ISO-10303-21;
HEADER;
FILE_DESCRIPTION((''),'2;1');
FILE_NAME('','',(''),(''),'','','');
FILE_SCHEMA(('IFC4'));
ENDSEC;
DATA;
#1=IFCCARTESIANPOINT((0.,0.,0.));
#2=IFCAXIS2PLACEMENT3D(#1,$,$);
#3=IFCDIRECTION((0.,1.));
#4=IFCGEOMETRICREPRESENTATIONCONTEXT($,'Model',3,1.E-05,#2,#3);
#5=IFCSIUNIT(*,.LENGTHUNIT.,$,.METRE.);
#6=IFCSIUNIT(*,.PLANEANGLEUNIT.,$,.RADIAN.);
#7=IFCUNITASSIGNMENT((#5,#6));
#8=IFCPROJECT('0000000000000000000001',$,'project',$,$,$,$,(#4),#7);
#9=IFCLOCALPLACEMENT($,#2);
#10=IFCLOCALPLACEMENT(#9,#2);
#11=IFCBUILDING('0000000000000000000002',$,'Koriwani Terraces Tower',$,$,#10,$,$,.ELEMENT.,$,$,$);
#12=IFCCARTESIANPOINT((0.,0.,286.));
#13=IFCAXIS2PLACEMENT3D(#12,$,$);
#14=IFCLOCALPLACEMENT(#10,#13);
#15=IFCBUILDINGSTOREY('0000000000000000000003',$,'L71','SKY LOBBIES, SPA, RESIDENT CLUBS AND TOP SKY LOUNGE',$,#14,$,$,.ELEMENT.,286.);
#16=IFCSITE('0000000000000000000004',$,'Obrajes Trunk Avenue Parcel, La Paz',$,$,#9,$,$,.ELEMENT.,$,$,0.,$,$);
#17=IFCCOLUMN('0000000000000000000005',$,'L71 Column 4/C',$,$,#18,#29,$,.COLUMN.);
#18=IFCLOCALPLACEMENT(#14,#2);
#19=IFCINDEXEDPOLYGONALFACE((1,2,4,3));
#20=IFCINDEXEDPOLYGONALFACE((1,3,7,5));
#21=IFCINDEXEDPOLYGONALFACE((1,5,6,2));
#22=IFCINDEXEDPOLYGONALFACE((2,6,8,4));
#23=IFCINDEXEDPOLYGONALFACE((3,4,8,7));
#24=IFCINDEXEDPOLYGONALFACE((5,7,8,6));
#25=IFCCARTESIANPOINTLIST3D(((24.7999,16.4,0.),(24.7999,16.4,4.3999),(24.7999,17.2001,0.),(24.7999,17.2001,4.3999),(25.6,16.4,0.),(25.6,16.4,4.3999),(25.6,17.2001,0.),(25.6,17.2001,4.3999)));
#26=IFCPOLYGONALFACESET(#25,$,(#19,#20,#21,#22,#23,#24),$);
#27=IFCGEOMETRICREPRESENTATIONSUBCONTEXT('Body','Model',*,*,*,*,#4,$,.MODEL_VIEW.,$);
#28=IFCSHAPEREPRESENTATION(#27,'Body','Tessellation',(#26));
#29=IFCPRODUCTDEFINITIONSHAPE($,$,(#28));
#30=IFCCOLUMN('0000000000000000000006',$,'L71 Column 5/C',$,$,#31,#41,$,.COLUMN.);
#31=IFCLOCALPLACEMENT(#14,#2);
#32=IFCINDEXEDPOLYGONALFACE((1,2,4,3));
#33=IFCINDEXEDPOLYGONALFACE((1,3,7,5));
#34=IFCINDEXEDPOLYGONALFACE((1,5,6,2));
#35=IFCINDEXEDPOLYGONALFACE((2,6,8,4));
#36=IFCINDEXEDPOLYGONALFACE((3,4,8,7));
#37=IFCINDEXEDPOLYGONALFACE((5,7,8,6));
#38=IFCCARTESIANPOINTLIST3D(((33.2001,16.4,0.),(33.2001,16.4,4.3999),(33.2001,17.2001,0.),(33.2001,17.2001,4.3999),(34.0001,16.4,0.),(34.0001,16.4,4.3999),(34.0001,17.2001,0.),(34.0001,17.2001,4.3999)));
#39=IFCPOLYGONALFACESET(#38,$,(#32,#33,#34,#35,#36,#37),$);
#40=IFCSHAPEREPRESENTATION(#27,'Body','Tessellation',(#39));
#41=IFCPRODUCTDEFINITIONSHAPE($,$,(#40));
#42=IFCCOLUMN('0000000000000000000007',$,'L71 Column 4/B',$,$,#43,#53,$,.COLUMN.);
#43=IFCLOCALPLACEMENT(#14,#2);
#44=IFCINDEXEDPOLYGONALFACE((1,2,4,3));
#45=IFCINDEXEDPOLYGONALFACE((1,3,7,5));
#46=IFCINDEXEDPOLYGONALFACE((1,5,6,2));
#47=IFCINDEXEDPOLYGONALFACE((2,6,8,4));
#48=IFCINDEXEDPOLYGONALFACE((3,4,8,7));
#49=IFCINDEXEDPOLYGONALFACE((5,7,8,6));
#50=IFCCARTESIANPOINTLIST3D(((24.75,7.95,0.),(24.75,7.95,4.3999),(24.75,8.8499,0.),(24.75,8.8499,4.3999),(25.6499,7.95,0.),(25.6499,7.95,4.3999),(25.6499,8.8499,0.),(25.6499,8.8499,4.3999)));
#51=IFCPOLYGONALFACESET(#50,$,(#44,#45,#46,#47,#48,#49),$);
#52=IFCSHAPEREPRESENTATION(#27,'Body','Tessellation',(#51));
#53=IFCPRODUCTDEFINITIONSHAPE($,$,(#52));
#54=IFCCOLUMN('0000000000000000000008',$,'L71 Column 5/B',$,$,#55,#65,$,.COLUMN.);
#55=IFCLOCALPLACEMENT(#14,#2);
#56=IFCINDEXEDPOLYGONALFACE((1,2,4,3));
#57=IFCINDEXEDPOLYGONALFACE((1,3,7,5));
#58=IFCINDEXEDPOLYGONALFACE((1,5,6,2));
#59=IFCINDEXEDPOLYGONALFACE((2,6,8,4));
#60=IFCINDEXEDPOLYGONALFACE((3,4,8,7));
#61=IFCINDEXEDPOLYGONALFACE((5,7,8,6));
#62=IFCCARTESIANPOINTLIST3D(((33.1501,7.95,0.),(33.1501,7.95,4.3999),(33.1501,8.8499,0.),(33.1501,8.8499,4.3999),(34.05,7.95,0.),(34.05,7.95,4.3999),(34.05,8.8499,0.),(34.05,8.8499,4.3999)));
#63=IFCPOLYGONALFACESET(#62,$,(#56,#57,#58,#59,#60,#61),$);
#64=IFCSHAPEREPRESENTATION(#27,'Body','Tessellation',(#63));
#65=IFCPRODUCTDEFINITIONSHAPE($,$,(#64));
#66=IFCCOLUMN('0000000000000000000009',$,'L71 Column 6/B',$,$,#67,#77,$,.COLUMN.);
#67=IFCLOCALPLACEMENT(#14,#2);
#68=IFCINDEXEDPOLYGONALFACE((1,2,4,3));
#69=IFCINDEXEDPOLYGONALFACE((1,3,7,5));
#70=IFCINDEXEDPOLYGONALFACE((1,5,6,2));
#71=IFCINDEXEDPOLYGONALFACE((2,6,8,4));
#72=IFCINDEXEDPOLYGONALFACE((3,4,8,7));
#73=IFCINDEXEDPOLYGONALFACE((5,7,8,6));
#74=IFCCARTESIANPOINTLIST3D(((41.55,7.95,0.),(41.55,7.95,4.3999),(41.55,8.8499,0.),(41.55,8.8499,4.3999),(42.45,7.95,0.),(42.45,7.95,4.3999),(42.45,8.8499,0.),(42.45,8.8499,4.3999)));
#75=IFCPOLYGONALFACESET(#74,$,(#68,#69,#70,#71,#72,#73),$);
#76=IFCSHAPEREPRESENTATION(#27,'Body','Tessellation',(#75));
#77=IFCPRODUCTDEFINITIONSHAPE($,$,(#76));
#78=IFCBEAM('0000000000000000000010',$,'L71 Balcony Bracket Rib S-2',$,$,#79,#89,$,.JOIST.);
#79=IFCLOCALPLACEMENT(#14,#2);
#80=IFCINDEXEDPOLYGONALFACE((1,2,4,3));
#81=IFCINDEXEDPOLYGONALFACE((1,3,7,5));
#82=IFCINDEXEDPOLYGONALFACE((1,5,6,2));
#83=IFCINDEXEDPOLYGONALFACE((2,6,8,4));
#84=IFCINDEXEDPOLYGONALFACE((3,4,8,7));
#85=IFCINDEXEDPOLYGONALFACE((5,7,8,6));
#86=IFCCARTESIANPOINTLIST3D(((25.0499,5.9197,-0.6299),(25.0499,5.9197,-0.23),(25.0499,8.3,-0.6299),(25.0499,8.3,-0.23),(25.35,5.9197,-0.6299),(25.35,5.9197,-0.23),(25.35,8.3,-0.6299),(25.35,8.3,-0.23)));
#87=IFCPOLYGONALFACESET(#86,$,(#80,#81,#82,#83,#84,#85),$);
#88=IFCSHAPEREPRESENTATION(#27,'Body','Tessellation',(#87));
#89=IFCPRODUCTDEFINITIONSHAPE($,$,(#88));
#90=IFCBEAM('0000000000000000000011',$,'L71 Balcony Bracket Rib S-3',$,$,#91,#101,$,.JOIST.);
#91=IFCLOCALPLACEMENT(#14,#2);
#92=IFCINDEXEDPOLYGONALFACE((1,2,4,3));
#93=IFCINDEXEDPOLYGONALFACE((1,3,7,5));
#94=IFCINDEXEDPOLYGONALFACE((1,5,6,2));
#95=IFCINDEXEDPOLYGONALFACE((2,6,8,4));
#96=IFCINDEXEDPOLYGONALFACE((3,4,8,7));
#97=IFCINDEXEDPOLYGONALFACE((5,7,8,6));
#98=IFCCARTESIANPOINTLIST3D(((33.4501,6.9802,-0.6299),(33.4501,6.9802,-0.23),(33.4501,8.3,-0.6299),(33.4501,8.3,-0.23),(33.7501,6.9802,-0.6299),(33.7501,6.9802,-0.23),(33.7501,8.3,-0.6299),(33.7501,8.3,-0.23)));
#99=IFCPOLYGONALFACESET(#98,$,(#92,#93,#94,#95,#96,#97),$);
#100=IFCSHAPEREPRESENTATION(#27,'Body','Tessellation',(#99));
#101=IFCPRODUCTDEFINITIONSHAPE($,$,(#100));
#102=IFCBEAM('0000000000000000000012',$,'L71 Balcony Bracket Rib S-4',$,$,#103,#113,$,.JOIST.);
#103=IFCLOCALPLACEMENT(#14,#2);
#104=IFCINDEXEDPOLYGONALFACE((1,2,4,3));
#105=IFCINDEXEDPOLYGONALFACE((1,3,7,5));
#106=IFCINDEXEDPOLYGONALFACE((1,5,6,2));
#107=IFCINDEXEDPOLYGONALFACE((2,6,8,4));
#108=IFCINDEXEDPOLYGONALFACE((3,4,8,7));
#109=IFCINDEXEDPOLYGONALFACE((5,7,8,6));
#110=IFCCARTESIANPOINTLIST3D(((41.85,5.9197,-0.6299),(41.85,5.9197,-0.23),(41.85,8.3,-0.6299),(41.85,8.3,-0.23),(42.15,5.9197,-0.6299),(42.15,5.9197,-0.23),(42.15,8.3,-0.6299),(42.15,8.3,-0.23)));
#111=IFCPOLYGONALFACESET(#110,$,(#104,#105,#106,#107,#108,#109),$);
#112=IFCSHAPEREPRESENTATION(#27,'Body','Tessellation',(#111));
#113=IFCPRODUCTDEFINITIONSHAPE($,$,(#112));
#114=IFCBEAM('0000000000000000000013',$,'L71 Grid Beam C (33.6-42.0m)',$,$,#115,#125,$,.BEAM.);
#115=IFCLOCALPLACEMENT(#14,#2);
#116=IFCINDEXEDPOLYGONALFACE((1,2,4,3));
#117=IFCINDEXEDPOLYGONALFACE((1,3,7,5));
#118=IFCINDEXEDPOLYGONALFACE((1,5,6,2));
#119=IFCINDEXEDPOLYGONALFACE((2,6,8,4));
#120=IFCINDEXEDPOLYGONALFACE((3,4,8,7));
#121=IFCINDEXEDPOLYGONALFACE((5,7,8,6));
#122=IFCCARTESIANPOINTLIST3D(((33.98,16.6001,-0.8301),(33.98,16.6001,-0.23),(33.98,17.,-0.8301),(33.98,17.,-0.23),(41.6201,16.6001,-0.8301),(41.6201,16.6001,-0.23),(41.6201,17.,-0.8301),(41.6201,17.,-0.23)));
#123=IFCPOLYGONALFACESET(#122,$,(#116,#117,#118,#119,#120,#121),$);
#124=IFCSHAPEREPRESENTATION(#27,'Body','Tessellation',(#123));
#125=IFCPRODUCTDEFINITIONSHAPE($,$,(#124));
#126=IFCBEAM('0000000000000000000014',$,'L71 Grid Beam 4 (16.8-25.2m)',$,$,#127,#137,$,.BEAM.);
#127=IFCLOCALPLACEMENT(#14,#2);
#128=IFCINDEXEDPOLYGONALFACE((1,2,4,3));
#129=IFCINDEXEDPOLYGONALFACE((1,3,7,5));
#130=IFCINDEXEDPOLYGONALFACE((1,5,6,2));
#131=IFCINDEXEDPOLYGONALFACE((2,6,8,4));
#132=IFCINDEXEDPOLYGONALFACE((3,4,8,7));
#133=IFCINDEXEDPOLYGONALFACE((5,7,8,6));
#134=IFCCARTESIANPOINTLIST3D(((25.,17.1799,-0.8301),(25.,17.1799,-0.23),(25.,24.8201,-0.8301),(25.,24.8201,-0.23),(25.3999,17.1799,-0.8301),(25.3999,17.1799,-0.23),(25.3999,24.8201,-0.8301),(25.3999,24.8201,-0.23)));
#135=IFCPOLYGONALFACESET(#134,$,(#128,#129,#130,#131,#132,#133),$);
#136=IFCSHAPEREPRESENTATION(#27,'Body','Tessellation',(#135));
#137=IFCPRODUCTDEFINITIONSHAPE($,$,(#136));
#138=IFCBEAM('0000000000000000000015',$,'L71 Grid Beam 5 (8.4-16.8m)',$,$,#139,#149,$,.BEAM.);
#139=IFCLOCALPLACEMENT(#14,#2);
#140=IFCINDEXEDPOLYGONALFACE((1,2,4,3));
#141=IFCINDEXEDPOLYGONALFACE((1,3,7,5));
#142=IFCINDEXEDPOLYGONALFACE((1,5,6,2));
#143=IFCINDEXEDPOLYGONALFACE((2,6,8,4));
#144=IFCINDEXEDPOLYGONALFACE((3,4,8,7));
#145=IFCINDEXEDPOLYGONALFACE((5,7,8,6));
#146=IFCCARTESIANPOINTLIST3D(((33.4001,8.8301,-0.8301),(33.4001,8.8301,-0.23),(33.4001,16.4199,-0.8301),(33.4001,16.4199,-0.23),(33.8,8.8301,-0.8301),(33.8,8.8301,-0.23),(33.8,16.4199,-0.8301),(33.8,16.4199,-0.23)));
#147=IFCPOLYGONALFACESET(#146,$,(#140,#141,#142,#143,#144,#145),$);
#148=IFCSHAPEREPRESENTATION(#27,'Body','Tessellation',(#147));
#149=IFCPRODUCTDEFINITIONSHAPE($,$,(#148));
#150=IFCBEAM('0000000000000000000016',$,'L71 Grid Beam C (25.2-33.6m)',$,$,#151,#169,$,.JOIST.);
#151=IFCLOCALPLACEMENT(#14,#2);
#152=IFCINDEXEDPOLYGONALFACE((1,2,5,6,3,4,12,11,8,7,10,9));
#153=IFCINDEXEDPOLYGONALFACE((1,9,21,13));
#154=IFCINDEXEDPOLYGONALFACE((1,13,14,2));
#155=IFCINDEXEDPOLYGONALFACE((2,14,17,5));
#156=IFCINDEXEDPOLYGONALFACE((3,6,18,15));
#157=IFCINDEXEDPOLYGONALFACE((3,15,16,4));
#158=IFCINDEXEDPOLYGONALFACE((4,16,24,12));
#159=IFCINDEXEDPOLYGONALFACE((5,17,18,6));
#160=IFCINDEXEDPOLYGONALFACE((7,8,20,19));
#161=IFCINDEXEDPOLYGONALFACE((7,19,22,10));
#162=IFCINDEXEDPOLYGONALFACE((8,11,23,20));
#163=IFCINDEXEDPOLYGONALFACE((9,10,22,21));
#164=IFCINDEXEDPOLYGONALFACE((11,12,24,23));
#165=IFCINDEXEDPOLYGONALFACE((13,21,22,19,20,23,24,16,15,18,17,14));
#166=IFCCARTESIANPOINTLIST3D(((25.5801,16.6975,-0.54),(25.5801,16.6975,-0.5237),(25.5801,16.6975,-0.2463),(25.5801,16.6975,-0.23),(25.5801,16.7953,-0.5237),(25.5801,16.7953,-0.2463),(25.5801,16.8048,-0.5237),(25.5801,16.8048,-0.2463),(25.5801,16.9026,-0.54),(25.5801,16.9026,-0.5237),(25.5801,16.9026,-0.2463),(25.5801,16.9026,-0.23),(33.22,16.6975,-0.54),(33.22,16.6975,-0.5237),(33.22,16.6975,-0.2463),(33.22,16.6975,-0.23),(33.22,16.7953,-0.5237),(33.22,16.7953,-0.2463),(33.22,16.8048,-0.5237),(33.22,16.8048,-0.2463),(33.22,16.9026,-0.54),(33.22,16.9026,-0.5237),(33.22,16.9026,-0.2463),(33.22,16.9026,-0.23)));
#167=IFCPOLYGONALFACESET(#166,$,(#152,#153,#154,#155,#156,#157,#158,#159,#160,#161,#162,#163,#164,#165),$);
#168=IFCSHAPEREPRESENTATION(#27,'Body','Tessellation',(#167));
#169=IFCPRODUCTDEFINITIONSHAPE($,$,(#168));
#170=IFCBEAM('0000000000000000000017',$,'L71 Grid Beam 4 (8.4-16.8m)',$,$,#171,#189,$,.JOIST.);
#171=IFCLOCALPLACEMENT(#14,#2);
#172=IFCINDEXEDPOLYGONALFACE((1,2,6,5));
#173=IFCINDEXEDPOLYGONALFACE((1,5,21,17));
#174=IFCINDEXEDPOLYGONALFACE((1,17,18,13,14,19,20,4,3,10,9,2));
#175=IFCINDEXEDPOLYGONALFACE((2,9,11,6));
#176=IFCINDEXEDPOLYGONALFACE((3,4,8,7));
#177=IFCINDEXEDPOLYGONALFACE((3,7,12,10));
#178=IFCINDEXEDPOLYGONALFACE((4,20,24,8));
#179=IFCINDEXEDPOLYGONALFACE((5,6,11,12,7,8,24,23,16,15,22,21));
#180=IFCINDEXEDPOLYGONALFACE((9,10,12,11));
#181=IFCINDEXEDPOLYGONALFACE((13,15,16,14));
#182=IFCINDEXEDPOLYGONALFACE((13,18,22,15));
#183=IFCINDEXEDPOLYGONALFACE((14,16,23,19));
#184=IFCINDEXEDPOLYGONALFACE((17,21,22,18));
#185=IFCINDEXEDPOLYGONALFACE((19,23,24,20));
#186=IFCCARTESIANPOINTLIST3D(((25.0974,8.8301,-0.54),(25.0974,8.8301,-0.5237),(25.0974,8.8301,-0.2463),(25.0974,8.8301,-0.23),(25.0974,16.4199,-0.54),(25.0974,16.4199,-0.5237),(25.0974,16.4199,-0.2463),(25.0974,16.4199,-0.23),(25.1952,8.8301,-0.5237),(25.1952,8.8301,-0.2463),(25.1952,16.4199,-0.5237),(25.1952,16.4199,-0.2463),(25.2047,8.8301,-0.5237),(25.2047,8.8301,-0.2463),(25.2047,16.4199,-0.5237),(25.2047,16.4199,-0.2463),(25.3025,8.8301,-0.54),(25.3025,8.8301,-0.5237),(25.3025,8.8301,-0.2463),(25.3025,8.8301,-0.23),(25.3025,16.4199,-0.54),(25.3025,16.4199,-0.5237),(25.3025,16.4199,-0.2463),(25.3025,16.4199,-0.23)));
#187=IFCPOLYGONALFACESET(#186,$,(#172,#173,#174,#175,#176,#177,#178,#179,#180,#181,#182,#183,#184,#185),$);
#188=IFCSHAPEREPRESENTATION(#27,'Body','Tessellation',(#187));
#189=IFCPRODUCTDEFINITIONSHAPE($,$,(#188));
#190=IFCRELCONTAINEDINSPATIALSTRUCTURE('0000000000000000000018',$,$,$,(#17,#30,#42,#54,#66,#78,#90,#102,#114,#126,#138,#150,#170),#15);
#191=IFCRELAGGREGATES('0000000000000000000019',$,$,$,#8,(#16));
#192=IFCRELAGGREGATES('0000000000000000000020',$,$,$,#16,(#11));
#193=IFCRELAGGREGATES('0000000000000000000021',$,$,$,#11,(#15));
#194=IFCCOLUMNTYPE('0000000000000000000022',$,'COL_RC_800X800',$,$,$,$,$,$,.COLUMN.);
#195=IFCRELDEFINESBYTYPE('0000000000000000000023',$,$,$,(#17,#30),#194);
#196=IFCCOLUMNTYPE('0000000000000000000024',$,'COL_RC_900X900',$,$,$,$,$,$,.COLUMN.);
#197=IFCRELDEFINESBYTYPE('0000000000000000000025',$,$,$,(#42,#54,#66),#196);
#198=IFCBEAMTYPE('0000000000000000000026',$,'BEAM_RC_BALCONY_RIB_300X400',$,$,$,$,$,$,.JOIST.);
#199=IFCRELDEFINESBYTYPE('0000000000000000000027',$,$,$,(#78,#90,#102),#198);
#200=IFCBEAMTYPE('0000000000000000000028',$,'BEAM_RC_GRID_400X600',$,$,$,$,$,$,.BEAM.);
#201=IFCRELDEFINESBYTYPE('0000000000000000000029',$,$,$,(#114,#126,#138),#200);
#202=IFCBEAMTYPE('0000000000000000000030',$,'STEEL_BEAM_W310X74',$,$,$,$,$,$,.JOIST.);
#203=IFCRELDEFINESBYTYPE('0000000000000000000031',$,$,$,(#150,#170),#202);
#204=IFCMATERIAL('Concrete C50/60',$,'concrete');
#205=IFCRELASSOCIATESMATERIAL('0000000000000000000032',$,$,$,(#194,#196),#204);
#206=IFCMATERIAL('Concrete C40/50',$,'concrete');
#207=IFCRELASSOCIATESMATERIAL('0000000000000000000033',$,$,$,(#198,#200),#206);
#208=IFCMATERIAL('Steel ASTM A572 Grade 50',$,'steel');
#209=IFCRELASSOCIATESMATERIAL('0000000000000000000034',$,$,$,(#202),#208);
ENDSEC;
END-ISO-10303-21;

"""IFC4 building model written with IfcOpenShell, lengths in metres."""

from ifc_helpers import new_model, si_unit, direction, frame, origin, origin_2d, place, context, subcontext, project, spatial, rectangle, i_section, extrude, material, material_profile, profile_set, type_object, element, save


model = new_model("IFC4")

# Units and contexts
model_context = context("Model", 3, precision=1e-05, world=origin(), true_north=direction((0.0, 1.0)))
body_context = subcontext(model_context, "Body", "Model", "MODEL_VIEW")
ifc_project = project(units=[si_unit("LENGTHUNIT", "METRE"), si_unit("PLANEANGLEUNIT", "RADIAN")], contexts=[model_context])

# Site, building, storey
site_placement = place(None, origin())
site = spatial("IfcSite", under=ifc_project, at=site_placement, Name="Obrajes Trunk Avenue Parcel, La Paz", CompositionType="ELEMENT", RefElevation=0.0)
building_placement = place(site_placement, origin())
building = spatial("IfcBuilding", under=site, at=building_placement, Name="Koriwani Terraces Tower", CompositionType="ELEMENT")
storey_placement = place(building_placement, frame((0.0, 0.0, 286.0)))
storey = spatial("IfcBuildingStorey", under=building, at=storey_placement, Name="L71", Description="SKY LOBBIES, SPA, RESIDENT CLUBS AND TOP SKY LOUNGE", CompositionType="ELEMENT", Elevation=286.0)

# Columns
ifc_material_1 = material(Name="Concrete C50/60", Category="concrete")
ifc_material_profile_1 = material_profile(ifc_material_1, rectangle(XDim=0.8, YDim=0.8, at=origin_2d()), Name="Concrete C50/60", Category="LoadBearing")
ifc_profile_set_1 = profile_set([ifc_material_profile_1], Name="Concrete C50/60")
column_type_1 = type_object("IfcColumnType", Name="COL_RC_800X800", PredefinedType="COLUMN", material=ifc_profile_set_1)
for number, where, z_axis, x_axis, name in (
    (1, (25.2, 16.8, 0.0), (0.0, 0.0, 1.0), (1.0, 0.0, 0.0), "L71 Column 4/C"),
    (2, (33.6001, 16.8, 0.0), (0.0, 0.0, 1.0), (1.0, 0.0, 0.0), "L71 Column 5/C"),
):
    element("IfcColumn", number, at=place(storey_placement, frame(where, z_axis=z_axis, x_axis=x_axis)), inside=storey, type_object=column_type_1, Name=name, PredefinedType="COLUMN", context=body_context, shape_type="SweptSolid", body=[
        extrude(rectangle(XDim=0.8, YDim=0.8, at=origin_2d()), origin(), (0.0, 0.0, 1.0), 4.3999),
    ])
ifc_material_profile_2 = material_profile(ifc_material_1, rectangle(XDim=0.8999, YDim=0.8999, at=origin_2d()), Name="Concrete C50/60", Category="LoadBearing")
ifc_profile_set_2 = profile_set([ifc_material_profile_2], Name="Concrete C50/60")
column_type_2 = type_object("IfcColumnType", Name="COL_RC_900X900", PredefinedType="COLUMN", material=ifc_profile_set_2)
for number, where, z_axis, x_axis, name in (
    (3, (25.2, 8.3999, 0.0), (0.0, 0.0, 1.0), (1.0, 0.0, 0.0), "L71 Column 4/B"),
    (4, (33.6001, 8.3999, 0.0), (0.0, 0.0, 1.0), (1.0, 0.0, 0.0), "L71 Column 5/B"),
    (5, (42.0, 8.3999, 0.0), (0.0, 0.0, 1.0), (1.0, 0.0, 0.0), "L71 Column 6/B"),
):
    element("IfcColumn", number, at=place(storey_placement, frame(where, z_axis=z_axis, x_axis=x_axis)), inside=storey, type_object=column_type_2, Name=name, PredefinedType="COLUMN", context=body_context, shape_type="SweptSolid", body=[
        extrude(rectangle(XDim=0.8999, YDim=0.8999, at=origin_2d()), origin(), (0.0, 0.0, 1.0), 4.3999),
    ])

# Beams
ifc_material_2 = material(Name="Concrete C40/50", Category="concrete")
ifc_material_profile_3 = material_profile(ifc_material_2, rectangle(XDim=0.3, YDim=0.3999, at=origin_2d()), Name="Concrete C40/50", Category="LoadBearing")
ifc_profile_set_3 = profile_set([ifc_material_profile_3], Name="Concrete C40/50")
beam_type_1 = type_object("IfcBeamType", Name="BEAM_RC_BALCONY_RIB_300X400", PredefinedType="JOIST", material=ifc_profile_set_3)
beam_1_placement = place(storey_placement, frame((25.2, 5.9197, -0.4299), z_axis=(0.0, 1.0, 0.0), x_axis=(-1.0, 0.0, 0.0)))
element("IfcBeam", 6, at=beam_1_placement, inside=storey, type_object=beam_type_1, Name="L71 Balcony Bracket Rib S-2", PredefinedType="JOIST", context=body_context, shape_type="SweptSolid", body=[
    extrude(rectangle(XDim=0.3, YDim=0.3999, at=origin_2d()), origin(), (0.0, 0.0, 1.0), 2.3804),
])
beam_2_placement = place(storey_placement, frame((33.6001, 6.9802, -0.4299), z_axis=(0.0, 1.0, 0.0), x_axis=(-1.0, 0.0, 0.0)))
element("IfcBeam", 7, at=beam_2_placement, inside=storey, type_object=beam_type_1, Name="L71 Balcony Bracket Rib S-3", PredefinedType="JOIST", context=body_context, shape_type="SweptSolid", body=[
    extrude(rectangle(XDim=0.3, YDim=0.3999, at=origin_2d()), origin(), (0.0, 0.0, 1.0), 1.3198),
])
beam_3_placement = place(storey_placement, frame((42.0, 5.9197, -0.4299), z_axis=(0.0, 1.0, 0.0), x_axis=(-1.0, 0.0, 0.0)))
element("IfcBeam", 8, at=beam_3_placement, inside=storey, type_object=beam_type_1, Name="L71 Balcony Bracket Rib S-4", PredefinedType="JOIST", context=body_context, shape_type="SweptSolid", body=[
    extrude(rectangle(XDim=0.3, YDim=0.3999, at=origin_2d()), origin(), (0.0, 0.0, 1.0), 2.3804),
])
ifc_material_profile_4 = material_profile(ifc_material_2, rectangle(XDim=0.3999, YDim=0.6001, at=origin_2d()), Name="Concrete C40/50", Category="LoadBearing")
ifc_profile_set_4 = profile_set([ifc_material_profile_4], Name="Concrete C40/50")
beam_type_2 = type_object("IfcBeamType", Name="BEAM_RC_GRID_400X600", PredefinedType="BEAM", material=ifc_profile_set_4)
for number, where, z_axis, x_axis, name in (
    (9, (33.98, 16.8, -0.53), (1.0, 0.0, 0.0), (0.0, 1.0, 0.0), "L71 Grid Beam C (33.6-42.0m)"),
    (10, (25.2, 17.1799, -0.53), (0.0, 1.0, 0.0), (-1.0, 0.0, 0.0), "L71 Grid Beam 4 (16.8-25.2m)"),
):
    element("IfcBeam", number, at=place(storey_placement, frame(where, z_axis=z_axis, x_axis=x_axis)), inside=storey, type_object=beam_type_2, Name=name, PredefinedType="BEAM", context=body_context, shape_type="SweptSolid", body=[
        extrude(rectangle(XDim=0.3999, YDim=0.6001, at=origin_2d()), origin(), (0.0, 0.0, 1.0), 7.6401),
    ])
beam_4_placement = place(storey_placement, frame((33.6001, 8.8301, -0.53), z_axis=(0.0, 1.0, 0.0), x_axis=(-1.0, 0.0, 0.0)))
element("IfcBeam", 11, at=beam_4_placement, inside=storey, type_object=beam_type_2, Name="L71 Grid Beam 5 (8.4-16.8m)", PredefinedType="BEAM", context=body_context, shape_type="SweptSolid", body=[
    extrude(rectangle(XDim=0.3999, YDim=0.6001, at=origin_2d()), origin(), (0.0, 0.0, 1.0), 7.5898),
])
ifc_material_3 = material(Name="Steel ASTM A572 Grade 50", Category="steel")
ifc_material_profile_5 = material_profile(ifc_material_3, i_section(OverallWidth=0.2051, OverallDepth=0.3101, WebThickness=0.0095, FlangeThickness=0.0164, at=origin_2d()), Name="Steel ASTM A572 Grade 50", Category="LoadBearing")
ifc_profile_set_5 = profile_set([ifc_material_profile_5], Name="Steel ASTM A572 Grade 50")
beam_type_3 = type_object("IfcBeamType", Name="STEEL_BEAM_W310X74", PredefinedType="JOIST", material=ifc_profile_set_5)
beam_5_placement = place(storey_placement, frame((25.5801, 16.8, -0.385), z_axis=(1.0, 0.0, 0.0), x_axis=(0.0, 1.0, 0.0)))
element("IfcBeam", 12, at=beam_5_placement, inside=storey, type_object=beam_type_3, Name="L71 Grid Beam C (25.2-33.6m)", PredefinedType="JOIST", context=body_context, shape_type="SweptSolid", body=[
    extrude(i_section(OverallWidth=0.2051, OverallDepth=0.3101, WebThickness=0.0095, FlangeThickness=0.0164, at=origin_2d()), origin(), (0.0, 0.0, 1.0), 7.6399),
])
beam_6_placement = place(storey_placement, frame((25.2, 8.8301, -0.385), z_axis=(0.0, 1.0, 0.0), x_axis=(-1.0, 0.0, 0.0)))
element("IfcBeam", 13, at=beam_6_placement, inside=storey, type_object=beam_type_3, Name="L71 Grid Beam 4 (8.4-16.8m)", PredefinedType="JOIST", context=body_context, shape_type="SweptSolid", body=[
    extrude(i_section(OverallWidth=0.2051, OverallDepth=0.3101, WebThickness=0.0095, FlangeThickness=0.0164, at=origin_2d()), origin(), (0.0, 0.0, 1.0), 7.5898),
])

save(model, "model.ifc")
